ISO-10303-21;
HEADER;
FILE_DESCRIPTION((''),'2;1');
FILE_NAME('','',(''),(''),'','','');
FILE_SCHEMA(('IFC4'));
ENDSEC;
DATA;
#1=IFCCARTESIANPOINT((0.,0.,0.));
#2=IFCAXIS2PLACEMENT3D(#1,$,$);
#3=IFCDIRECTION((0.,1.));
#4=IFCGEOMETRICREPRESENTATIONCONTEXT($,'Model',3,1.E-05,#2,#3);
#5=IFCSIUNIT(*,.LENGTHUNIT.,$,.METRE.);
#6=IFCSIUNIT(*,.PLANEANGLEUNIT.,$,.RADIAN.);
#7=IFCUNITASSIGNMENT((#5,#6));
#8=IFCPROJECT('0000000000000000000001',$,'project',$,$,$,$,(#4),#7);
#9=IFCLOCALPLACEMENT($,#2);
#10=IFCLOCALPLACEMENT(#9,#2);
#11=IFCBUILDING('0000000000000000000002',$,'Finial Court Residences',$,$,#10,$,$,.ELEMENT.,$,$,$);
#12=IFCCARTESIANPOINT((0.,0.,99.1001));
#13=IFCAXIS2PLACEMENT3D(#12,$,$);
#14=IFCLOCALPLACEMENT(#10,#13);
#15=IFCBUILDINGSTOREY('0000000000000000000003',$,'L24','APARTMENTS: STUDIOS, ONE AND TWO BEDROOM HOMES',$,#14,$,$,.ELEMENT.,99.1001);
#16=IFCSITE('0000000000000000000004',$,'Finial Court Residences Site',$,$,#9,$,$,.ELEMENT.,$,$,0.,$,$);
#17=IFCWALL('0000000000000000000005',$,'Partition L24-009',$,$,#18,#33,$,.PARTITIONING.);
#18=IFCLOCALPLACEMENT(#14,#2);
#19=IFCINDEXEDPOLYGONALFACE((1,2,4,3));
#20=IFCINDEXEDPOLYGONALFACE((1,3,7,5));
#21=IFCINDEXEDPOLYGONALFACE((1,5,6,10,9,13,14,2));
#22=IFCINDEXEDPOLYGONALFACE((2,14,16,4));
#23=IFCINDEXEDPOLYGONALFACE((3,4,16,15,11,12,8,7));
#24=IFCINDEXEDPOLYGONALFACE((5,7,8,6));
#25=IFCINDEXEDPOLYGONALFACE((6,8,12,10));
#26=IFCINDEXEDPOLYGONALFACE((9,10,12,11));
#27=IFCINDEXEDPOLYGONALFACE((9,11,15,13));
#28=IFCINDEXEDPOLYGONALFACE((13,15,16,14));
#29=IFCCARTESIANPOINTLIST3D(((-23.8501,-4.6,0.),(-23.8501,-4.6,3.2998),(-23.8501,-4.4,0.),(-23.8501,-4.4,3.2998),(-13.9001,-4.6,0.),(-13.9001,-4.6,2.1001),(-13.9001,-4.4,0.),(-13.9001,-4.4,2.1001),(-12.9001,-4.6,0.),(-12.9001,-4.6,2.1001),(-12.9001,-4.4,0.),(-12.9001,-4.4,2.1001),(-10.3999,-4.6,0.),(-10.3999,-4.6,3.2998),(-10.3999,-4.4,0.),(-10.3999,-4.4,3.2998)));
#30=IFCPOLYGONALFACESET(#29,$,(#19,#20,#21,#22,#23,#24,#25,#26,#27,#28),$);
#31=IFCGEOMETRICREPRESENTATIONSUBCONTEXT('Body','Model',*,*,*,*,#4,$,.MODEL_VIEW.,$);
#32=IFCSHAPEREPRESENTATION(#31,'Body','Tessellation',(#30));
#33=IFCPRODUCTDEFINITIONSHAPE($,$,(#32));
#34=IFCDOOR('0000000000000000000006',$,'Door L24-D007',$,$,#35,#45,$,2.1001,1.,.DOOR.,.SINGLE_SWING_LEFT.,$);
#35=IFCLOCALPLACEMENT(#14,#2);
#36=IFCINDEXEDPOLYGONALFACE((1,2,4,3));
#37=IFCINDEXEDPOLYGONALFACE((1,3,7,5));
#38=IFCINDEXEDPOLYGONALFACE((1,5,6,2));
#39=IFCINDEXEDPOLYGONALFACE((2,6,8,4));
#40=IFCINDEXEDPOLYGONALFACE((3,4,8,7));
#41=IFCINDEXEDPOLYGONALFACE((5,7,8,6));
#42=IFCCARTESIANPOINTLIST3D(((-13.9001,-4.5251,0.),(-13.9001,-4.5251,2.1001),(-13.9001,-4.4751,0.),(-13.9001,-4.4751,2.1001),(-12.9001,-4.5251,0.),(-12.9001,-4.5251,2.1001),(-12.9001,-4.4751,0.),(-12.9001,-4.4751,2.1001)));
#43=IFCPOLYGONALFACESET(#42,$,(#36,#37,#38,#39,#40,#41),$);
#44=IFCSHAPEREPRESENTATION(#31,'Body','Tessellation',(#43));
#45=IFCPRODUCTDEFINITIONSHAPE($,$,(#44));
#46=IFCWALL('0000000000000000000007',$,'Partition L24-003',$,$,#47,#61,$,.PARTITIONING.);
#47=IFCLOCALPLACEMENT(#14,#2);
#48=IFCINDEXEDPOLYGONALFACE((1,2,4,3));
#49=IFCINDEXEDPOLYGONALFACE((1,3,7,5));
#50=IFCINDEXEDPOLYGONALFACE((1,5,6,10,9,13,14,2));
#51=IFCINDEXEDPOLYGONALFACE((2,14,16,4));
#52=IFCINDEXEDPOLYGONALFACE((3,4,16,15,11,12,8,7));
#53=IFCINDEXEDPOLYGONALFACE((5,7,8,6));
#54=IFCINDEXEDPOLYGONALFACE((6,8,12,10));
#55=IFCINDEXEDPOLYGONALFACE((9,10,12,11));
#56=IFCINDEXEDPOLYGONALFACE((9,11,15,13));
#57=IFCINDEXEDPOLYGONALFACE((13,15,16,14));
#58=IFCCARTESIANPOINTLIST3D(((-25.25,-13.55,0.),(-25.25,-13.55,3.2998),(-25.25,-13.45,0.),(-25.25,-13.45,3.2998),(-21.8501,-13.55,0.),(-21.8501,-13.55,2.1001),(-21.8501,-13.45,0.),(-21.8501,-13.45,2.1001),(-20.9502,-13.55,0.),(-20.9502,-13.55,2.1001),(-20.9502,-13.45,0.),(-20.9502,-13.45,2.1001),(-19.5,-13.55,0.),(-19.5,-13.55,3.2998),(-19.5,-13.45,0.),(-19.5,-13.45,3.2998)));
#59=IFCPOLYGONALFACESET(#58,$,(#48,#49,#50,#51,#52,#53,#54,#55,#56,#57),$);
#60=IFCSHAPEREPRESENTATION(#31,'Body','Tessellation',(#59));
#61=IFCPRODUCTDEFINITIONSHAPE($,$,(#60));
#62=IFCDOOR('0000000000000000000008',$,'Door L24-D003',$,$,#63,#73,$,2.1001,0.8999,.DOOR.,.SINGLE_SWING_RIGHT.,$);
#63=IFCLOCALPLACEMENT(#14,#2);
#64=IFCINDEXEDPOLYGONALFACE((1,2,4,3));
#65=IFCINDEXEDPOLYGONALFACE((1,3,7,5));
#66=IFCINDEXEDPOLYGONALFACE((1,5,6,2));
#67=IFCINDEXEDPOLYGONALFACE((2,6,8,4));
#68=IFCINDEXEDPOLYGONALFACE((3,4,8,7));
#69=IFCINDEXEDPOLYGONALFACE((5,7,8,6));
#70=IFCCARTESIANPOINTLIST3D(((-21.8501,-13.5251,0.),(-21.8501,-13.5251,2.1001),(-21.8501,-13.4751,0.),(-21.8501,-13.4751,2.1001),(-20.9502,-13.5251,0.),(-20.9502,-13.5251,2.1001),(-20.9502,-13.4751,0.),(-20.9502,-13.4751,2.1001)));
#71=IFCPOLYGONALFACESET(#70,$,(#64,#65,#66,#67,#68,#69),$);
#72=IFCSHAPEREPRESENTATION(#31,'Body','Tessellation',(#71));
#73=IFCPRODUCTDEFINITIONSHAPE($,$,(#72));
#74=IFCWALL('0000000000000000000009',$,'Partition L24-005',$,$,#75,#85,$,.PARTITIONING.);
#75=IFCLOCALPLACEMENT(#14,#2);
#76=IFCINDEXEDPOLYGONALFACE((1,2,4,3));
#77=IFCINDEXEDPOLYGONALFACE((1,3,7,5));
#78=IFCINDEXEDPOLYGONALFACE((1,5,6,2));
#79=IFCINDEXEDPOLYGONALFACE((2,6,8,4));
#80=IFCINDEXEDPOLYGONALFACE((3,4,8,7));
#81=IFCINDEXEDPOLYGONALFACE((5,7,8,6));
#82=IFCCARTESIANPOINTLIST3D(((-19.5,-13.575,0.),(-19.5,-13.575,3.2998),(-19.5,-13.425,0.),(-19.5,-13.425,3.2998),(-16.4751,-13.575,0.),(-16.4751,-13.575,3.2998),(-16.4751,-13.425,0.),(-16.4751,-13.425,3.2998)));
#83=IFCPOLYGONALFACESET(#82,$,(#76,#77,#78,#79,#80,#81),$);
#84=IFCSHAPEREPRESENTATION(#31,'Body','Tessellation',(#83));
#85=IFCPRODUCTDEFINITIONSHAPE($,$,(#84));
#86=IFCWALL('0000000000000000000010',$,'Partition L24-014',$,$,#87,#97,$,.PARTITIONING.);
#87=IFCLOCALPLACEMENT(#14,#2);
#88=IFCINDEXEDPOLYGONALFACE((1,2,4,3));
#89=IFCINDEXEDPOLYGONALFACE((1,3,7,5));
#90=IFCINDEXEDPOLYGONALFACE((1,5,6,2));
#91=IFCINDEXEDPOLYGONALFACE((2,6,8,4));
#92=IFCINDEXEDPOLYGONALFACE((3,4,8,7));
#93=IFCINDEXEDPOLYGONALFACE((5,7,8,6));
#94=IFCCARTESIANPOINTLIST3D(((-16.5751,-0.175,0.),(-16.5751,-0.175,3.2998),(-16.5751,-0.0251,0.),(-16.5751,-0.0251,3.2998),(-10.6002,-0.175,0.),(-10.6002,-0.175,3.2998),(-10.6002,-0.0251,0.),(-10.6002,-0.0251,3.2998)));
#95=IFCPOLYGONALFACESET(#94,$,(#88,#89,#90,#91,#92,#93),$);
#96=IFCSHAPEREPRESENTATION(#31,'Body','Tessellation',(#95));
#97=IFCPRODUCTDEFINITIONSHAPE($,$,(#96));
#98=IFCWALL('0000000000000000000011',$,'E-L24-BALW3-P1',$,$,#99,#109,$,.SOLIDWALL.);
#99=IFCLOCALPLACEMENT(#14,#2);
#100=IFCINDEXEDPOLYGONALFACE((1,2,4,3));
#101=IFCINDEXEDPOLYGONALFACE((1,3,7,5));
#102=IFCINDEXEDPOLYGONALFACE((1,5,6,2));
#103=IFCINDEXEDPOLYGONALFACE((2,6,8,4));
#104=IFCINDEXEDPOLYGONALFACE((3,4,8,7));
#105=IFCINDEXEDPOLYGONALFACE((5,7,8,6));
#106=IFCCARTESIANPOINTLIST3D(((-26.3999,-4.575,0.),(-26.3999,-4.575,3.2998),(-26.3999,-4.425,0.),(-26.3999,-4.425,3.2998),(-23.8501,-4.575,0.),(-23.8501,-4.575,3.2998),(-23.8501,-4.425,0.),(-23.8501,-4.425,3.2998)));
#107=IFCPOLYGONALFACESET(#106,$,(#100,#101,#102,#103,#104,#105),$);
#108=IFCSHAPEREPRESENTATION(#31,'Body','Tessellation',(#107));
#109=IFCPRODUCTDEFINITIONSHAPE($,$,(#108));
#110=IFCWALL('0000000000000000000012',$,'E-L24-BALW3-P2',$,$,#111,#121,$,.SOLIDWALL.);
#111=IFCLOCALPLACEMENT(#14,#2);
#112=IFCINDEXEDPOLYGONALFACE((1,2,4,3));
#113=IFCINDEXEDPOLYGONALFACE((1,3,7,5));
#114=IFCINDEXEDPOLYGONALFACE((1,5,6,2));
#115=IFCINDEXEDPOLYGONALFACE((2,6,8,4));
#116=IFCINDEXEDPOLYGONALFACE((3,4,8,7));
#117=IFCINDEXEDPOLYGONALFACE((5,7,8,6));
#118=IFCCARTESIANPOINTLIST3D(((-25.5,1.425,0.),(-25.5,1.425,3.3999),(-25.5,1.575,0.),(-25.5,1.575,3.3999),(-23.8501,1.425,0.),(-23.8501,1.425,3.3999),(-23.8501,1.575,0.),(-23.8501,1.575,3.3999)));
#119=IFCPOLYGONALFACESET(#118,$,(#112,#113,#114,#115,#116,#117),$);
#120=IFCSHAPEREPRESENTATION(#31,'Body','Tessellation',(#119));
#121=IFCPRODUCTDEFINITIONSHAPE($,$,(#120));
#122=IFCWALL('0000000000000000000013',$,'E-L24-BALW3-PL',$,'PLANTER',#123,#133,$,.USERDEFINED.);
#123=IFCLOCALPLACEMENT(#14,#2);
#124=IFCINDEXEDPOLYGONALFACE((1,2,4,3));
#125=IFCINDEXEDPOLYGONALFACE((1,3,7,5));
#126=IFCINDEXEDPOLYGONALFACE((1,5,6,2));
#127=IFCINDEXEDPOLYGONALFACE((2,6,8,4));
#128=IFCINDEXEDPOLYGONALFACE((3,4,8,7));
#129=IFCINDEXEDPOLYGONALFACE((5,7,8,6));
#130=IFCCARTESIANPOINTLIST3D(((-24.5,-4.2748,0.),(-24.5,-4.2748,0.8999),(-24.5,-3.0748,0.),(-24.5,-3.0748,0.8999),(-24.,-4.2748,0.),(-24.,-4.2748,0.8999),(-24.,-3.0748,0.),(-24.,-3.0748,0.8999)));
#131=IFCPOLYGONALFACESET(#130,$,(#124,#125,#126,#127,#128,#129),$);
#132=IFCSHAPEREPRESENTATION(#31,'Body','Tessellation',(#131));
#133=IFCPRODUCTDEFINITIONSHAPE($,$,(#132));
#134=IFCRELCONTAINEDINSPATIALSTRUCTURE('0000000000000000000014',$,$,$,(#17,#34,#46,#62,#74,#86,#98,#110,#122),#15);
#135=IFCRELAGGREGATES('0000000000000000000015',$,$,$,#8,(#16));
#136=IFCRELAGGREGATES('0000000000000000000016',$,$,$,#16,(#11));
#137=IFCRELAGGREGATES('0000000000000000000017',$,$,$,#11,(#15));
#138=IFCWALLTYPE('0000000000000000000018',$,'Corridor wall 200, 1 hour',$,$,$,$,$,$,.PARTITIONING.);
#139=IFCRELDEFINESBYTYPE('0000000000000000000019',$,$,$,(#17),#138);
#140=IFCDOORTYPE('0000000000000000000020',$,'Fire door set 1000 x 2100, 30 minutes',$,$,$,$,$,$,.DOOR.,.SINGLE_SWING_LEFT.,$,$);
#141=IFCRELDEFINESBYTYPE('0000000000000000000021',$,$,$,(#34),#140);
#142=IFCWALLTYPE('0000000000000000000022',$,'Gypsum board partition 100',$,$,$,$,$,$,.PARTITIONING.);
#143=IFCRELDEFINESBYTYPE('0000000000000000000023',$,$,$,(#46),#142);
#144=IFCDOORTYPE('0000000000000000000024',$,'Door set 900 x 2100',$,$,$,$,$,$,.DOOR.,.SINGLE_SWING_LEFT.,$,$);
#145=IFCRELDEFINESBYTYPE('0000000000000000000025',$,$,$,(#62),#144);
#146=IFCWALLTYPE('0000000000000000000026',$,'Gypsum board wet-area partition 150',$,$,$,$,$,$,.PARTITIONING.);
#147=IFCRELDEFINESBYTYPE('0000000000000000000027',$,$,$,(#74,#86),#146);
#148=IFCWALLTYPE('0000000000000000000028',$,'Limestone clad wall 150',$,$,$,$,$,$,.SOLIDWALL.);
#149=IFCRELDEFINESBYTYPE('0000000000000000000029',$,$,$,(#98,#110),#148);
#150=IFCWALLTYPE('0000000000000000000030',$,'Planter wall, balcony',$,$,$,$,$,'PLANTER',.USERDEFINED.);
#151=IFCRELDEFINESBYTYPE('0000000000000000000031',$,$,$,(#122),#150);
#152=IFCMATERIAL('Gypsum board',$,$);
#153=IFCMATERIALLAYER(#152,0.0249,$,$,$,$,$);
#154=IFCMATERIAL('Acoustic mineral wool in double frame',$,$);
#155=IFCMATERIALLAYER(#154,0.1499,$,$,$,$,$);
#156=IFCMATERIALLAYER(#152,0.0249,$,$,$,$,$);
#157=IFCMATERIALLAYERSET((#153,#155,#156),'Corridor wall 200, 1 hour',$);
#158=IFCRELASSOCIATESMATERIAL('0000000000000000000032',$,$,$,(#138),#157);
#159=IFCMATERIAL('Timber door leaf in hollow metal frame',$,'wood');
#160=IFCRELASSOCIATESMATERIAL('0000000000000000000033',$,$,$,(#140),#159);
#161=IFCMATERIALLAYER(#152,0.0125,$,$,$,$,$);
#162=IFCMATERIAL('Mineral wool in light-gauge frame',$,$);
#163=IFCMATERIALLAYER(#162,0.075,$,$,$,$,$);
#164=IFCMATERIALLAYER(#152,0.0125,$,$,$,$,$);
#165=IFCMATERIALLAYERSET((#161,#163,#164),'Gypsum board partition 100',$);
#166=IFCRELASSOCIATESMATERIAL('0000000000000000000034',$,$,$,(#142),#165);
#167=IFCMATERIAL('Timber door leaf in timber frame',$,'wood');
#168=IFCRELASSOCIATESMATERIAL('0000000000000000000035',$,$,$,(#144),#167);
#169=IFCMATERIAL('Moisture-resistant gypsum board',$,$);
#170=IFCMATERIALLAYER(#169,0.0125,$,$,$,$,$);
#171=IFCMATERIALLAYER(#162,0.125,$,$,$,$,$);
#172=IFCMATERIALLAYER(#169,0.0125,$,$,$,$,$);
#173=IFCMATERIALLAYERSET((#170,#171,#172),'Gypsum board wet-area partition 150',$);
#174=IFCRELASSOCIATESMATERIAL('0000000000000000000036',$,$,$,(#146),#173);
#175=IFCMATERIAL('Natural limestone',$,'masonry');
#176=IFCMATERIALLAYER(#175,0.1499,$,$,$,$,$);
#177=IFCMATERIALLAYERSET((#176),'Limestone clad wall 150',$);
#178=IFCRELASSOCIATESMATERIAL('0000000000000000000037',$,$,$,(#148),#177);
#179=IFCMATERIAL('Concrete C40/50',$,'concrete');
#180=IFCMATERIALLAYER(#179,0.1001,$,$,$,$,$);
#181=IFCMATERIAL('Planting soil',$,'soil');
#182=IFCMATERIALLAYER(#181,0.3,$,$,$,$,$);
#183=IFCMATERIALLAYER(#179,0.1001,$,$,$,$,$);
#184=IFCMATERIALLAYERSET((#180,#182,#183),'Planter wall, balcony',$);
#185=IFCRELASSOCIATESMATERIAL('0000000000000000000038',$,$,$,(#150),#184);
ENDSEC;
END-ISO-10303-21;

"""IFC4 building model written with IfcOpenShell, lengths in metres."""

from ifc_helpers import new_model, si_unit, direction, frame, frame_2d, origin, place, context, subcontext, project, spatial, rectangle, extrude, material, layer, layer_set, type_object, element, fill, save


model = new_model("IFC4")

# Units and contexts
model_context = context("Model", 3, precision=1e-05, world=origin(), true_north=direction((0.0, 1.0)))
body_context = subcontext(model_context, "Body", "Model", "MODEL_VIEW")
ifc_project = project(units=[si_unit("LENGTHUNIT", "METRE"), si_unit("PLANEANGLEUNIT", "RADIAN")], contexts=[model_context])

# Site, building, storey
site_placement = place(None, origin())
site = spatial("IfcSite", under=ifc_project, at=site_placement, Name="Finial Court Residences Site", CompositionType="ELEMENT", RefElevation=0.0)
building_placement = place(site_placement, origin())
building = spatial("IfcBuilding", under=site, at=building_placement, Name="Finial Court Residences", CompositionType="ELEMENT")
storey_placement = place(building_placement, frame((0.0, 0.0, 99.1001)))
storey = spatial("IfcBuildingStorey", under=building, at=storey_placement, Name="L24", Description="APARTMENTS: STUDIOS, ONE AND TWO BEDROOM HOMES", CompositionType="ELEMENT", Elevation=99.1001)

# Shared definitions
ifc_material_1 = material(Name="Gypsum board")
ifc_material_2 = material(Name="Acoustic mineral wool in double frame")

# Walls, openings, doors
ifc_layer_1 = layer(ifc_material_1, 0.0249)
ifc_layer_2 = layer(ifc_material_2, 0.1499)
ifc_layer_3 = layer(ifc_material_1, 0.0249)
ifc_layer_set_1 = layer_set([ifc_layer_1, ifc_layer_2, ifc_layer_3], Name="Corridor wall 200, 1 hour")
wall_type_1 = type_object("IfcWallType", Name="Corridor wall 200, 1 hour", PredefinedType="PARTITIONING", material=ifc_layer_set_1)
ifc_material_3 = material(Name="Timber door leaf in hollow metal frame", Category="wood")
door_type_1 = type_object("IfcDoorType", Name="Fire door set 1000 x 2100, 30 minutes", OperationType="SINGLE_SWING_LEFT", PredefinedType="DOOR", material=ifc_material_3)
wall_1_placement = place(storey_placement, frame((-23.8501, -4.5, 0.0), z_axis=(0.0, 0.0, 1.0), x_axis=(1.0, 0.0, 0.0)))
wall_1 = element("IfcWall", 1, at=wall_1_placement, inside=storey, type_object=wall_type_1, Name="Partition L24-009", PredefinedType="PARTITIONING", context=body_context, shape_type="SweptSolid", body=[
    extrude(rectangle(XDim=13.4502, YDim=0.2, at=frame_2d((6.7251, 0.0))), origin(), (0.0, 0.0, 1.0), 3.2998),
])
opening_1_placement = place(wall_1_placement, frame((9.95, 0.0, 0.0)))
opening_1 = element("IfcOpeningElement", 2, at=opening_1_placement, cuts=wall_1, PredefinedType="OPENING", context=body_context, shape_type="SweptSolid", body=[
    extrude(rectangle(XDim=1.0, YDim=2.1001, at=frame_2d((0.5, 1.05))), frame((0.0, 0.1099, 0.0), z_axis=(0.0, -1.0, 0.0), x_axis=(1.0, 0.0, 0.0)), (0.0, 0.0, 1.0), 0.22),
])
door_1_placement = place(opening_1_placement, origin())
door_1 = element("IfcDoor", 3, at=door_1_placement, inside=storey, type_object=door_type_1, Name="Door L24-D007", OperationType="SINGLE_SWING_LEFT", OverallHeight=2.1001, OverallWidth=1.0, PredefinedType="DOOR", context=body_context, shape_type="SweptSolid", body=[
    extrude(rectangle(XDim=1.0, YDim=2.1001, at=frame_2d((0.5, 1.05))), frame((0.0, 0.0249, 0.0), z_axis=(0.0, -1.0, 0.0), x_axis=(1.0, 0.0, 0.0)), (0.0, 0.0, 1.0), 0.05),
])
fill(opening_1, door_1)
ifc_layer_4 = layer(ifc_material_1, 0.0125)
ifc_material_4 = material(Name="Mineral wool in light-gauge frame")
ifc_layer_5 = layer(ifc_material_4, 0.075)
ifc_layer_6 = layer(ifc_material_1, 0.0125)
ifc_layer_set_2 = layer_set([ifc_layer_4, ifc_layer_5, ifc_layer_6], Name="Gypsum board partition 100")
wall_type_2 = type_object("IfcWallType", Name="Gypsum board partition 100", PredefinedType="PARTITIONING", material=ifc_layer_set_2)
wall_2_placement = place(storey_placement, frame((-25.25, -13.5, 0.0), z_axis=(0.0, 0.0, 1.0), x_axis=(1.0, 0.0, 0.0)))
wall_2 = element("IfcWall", 4, at=wall_2_placement, inside=storey, type_object=wall_type_2, Name="Partition L24-003", PredefinedType="PARTITIONING", context=body_context, shape_type="SweptSolid", body=[
    extrude(rectangle(XDim=5.75, YDim=0.1001, at=frame_2d((2.875, 0.0))), origin(), (0.0, 0.0, 1.0), 3.2998),
])
opening_2_placement = place(wall_2_placement, frame((3.3999, 0.0, 0.0)))
opening_2 = element("IfcOpeningElement", 5, at=opening_2_placement, cuts=wall_2, PredefinedType="OPENING", context=body_context, shape_type="SweptSolid", body=[
    extrude(rectangle(XDim=0.8999, YDim=2.1001, at=frame_2d((0.45, 1.05))), frame((0.0, 0.0601, 0.0), z_axis=(0.0, -1.0, 0.0), x_axis=(1.0, 0.0, 0.0)), (0.0, 0.0, 1.0), 0.1201),
])
ifc_material_5 = material(Name="Timber door leaf in timber frame", Category="wood")
door_type_2 = type_object("IfcDoorType", Name="Door set 900 x 2100", OperationType="SINGLE_SWING_LEFT", PredefinedType="DOOR", material=ifc_material_5)
door_2_placement = place(opening_2_placement, origin())
door_2 = element("IfcDoor", 6, at=door_2_placement, inside=storey, type_object=door_type_2, Name="Door L24-D003", OperationType="SINGLE_SWING_RIGHT", OverallHeight=2.1001, OverallWidth=0.8999, PredefinedType="DOOR", context=body_context, shape_type="SweptSolid", body=[
    extrude(rectangle(XDim=0.8999, YDim=2.1001, at=frame_2d((0.45, 1.05))), frame((0.0, 0.0249, 0.0), z_axis=(0.0, -1.0, 0.0), x_axis=(1.0, 0.0, 0.0)), (0.0, 0.0, 1.0), 0.05),
])
fill(opening_2, door_2)

# Walls
ifc_material_6 = material(Name="Moisture-resistant gypsum board")
ifc_layer_7 = layer(ifc_material_6, 0.0125)
ifc_layer_8 = layer(ifc_material_4, 0.125)
ifc_layer_9 = layer(ifc_material_6, 0.0125)
ifc_layer_set_3 = layer_set([ifc_layer_7, ifc_layer_8, ifc_layer_9], Name="Gypsum board wet-area partition 150")
wall_type_3 = type_object("IfcWallType", Name="Gypsum board wet-area partition 150", PredefinedType="PARTITIONING", material=ifc_layer_set_3)
wall_3_placement = place(storey_placement, frame((-19.5, -13.5, 0.0), z_axis=(0.0, 0.0, 1.0), x_axis=(1.0, 0.0, 0.0)))
element("IfcWall", 7, at=wall_3_placement, inside=storey, type_object=wall_type_3, Name="Partition L24-005", PredefinedType="PARTITIONING", context=body_context, shape_type="SweptSolid", body=[
    extrude(rectangle(XDim=3.0249, YDim=0.1499, at=frame_2d((1.5125, 0.0))), origin(), (0.0, 0.0, 1.0), 3.2998),
])
wall_4_placement = place(storey_placement, frame((-16.575, -0.1001, 0.0), z_axis=(0.0, 0.0, 1.0), x_axis=(1.0, 0.0, 0.0)))
element("IfcWall", 8, at=wall_4_placement, inside=storey, type_object=wall_type_3, Name="Partition L24-014", PredefinedType="PARTITIONING", context=body_context, shape_type="SweptSolid", body=[
    extrude(rectangle(XDim=5.9749, YDim=0.1499, at=frame_2d((2.9873, 0.0))), origin(), (0.0, 0.0, 1.0), 3.2998),
])
ifc_material_7 = material(Name="Natural limestone", Category="masonry")
ifc_layer_10 = layer(ifc_material_7, 0.1499)
ifc_layer_set_4 = layer_set([ifc_layer_10], Name="Limestone clad wall 150")
wall_type_4 = type_object("IfcWallType", Name="Limestone clad wall 150", PredefinedType="SOLIDWALL", material=ifc_layer_set_4)
wall_5_placement = place(storey_placement, frame((-23.8501, -4.5, 0.0), z_axis=(0.0, 0.0, 1.0), x_axis=(-1.0, 0.0, 0.0)))
element("IfcWall", 9, at=wall_5_placement, inside=storey, type_object=wall_type_4, Name="E-L24-BALW3-P1", PredefinedType="SOLIDWALL", context=body_context, shape_type="SweptSolid", body=[
    extrude(rectangle(XDim=2.5498, YDim=0.1499, at=frame_2d((1.2749, 0.0))), origin(), (0.0, 0.0, 1.0), 3.2998),
])
wall_6_placement = place(storey_placement, frame((-23.8501, 1.5, 0.0), z_axis=(0.0, 0.0, 1.0), x_axis=(-1.0, 0.0, 0.0)))
element("IfcWall", 10, at=wall_6_placement, inside=storey, type_object=wall_type_4, Name="E-L24-BALW3-P2", PredefinedType="SOLIDWALL", context=body_context, shape_type="SweptSolid", body=[
    extrude(rectangle(XDim=1.6499, YDim=0.1499, at=frame_2d((0.825, 0.0))), origin(), (0.0, 0.0, 1.0), 3.3999),
])

# Wall
ifc_material_8 = material(Name="Concrete C40/50", Category="concrete")
ifc_layer_11 = layer(ifc_material_8, 0.1001)
ifc_material_9 = material(Name="Planting soil", Category="soil")
ifc_layer_12 = layer(ifc_material_9, 0.3)
ifc_layer_13 = layer(ifc_material_8, 0.1001)
ifc_layer_set_5 = layer_set([ifc_layer_11, ifc_layer_12, ifc_layer_13], Name="Planter wall, balcony")
wall_type_5 = type_object("IfcWallType", Name="Planter wall, balcony", ElementType="PLANTER", PredefinedType="USERDEFINED", material=ifc_layer_set_5)
wall_7_placement = place(storey_placement, frame((-24.25, -4.2749, 0.0), z_axis=(0.0, 0.0, 1.0), x_axis=(0.0, 1.0, 0.0)))
element("IfcWall", 11, at=wall_7_placement, inside=storey, type_object=wall_type_5, Name="E-L24-BALW3-PL", ObjectType="PLANTER", PredefinedType="USERDEFINED", context=body_context, shape_type="SweptSolid", body=[
    extrude(rectangle(XDim=1.2, YDim=0.5, at=frame_2d((0.6001, 0.0))), origin(), (0.0, 0.0, 1.0), 0.8999),
])

save(model, "model.ifc")
